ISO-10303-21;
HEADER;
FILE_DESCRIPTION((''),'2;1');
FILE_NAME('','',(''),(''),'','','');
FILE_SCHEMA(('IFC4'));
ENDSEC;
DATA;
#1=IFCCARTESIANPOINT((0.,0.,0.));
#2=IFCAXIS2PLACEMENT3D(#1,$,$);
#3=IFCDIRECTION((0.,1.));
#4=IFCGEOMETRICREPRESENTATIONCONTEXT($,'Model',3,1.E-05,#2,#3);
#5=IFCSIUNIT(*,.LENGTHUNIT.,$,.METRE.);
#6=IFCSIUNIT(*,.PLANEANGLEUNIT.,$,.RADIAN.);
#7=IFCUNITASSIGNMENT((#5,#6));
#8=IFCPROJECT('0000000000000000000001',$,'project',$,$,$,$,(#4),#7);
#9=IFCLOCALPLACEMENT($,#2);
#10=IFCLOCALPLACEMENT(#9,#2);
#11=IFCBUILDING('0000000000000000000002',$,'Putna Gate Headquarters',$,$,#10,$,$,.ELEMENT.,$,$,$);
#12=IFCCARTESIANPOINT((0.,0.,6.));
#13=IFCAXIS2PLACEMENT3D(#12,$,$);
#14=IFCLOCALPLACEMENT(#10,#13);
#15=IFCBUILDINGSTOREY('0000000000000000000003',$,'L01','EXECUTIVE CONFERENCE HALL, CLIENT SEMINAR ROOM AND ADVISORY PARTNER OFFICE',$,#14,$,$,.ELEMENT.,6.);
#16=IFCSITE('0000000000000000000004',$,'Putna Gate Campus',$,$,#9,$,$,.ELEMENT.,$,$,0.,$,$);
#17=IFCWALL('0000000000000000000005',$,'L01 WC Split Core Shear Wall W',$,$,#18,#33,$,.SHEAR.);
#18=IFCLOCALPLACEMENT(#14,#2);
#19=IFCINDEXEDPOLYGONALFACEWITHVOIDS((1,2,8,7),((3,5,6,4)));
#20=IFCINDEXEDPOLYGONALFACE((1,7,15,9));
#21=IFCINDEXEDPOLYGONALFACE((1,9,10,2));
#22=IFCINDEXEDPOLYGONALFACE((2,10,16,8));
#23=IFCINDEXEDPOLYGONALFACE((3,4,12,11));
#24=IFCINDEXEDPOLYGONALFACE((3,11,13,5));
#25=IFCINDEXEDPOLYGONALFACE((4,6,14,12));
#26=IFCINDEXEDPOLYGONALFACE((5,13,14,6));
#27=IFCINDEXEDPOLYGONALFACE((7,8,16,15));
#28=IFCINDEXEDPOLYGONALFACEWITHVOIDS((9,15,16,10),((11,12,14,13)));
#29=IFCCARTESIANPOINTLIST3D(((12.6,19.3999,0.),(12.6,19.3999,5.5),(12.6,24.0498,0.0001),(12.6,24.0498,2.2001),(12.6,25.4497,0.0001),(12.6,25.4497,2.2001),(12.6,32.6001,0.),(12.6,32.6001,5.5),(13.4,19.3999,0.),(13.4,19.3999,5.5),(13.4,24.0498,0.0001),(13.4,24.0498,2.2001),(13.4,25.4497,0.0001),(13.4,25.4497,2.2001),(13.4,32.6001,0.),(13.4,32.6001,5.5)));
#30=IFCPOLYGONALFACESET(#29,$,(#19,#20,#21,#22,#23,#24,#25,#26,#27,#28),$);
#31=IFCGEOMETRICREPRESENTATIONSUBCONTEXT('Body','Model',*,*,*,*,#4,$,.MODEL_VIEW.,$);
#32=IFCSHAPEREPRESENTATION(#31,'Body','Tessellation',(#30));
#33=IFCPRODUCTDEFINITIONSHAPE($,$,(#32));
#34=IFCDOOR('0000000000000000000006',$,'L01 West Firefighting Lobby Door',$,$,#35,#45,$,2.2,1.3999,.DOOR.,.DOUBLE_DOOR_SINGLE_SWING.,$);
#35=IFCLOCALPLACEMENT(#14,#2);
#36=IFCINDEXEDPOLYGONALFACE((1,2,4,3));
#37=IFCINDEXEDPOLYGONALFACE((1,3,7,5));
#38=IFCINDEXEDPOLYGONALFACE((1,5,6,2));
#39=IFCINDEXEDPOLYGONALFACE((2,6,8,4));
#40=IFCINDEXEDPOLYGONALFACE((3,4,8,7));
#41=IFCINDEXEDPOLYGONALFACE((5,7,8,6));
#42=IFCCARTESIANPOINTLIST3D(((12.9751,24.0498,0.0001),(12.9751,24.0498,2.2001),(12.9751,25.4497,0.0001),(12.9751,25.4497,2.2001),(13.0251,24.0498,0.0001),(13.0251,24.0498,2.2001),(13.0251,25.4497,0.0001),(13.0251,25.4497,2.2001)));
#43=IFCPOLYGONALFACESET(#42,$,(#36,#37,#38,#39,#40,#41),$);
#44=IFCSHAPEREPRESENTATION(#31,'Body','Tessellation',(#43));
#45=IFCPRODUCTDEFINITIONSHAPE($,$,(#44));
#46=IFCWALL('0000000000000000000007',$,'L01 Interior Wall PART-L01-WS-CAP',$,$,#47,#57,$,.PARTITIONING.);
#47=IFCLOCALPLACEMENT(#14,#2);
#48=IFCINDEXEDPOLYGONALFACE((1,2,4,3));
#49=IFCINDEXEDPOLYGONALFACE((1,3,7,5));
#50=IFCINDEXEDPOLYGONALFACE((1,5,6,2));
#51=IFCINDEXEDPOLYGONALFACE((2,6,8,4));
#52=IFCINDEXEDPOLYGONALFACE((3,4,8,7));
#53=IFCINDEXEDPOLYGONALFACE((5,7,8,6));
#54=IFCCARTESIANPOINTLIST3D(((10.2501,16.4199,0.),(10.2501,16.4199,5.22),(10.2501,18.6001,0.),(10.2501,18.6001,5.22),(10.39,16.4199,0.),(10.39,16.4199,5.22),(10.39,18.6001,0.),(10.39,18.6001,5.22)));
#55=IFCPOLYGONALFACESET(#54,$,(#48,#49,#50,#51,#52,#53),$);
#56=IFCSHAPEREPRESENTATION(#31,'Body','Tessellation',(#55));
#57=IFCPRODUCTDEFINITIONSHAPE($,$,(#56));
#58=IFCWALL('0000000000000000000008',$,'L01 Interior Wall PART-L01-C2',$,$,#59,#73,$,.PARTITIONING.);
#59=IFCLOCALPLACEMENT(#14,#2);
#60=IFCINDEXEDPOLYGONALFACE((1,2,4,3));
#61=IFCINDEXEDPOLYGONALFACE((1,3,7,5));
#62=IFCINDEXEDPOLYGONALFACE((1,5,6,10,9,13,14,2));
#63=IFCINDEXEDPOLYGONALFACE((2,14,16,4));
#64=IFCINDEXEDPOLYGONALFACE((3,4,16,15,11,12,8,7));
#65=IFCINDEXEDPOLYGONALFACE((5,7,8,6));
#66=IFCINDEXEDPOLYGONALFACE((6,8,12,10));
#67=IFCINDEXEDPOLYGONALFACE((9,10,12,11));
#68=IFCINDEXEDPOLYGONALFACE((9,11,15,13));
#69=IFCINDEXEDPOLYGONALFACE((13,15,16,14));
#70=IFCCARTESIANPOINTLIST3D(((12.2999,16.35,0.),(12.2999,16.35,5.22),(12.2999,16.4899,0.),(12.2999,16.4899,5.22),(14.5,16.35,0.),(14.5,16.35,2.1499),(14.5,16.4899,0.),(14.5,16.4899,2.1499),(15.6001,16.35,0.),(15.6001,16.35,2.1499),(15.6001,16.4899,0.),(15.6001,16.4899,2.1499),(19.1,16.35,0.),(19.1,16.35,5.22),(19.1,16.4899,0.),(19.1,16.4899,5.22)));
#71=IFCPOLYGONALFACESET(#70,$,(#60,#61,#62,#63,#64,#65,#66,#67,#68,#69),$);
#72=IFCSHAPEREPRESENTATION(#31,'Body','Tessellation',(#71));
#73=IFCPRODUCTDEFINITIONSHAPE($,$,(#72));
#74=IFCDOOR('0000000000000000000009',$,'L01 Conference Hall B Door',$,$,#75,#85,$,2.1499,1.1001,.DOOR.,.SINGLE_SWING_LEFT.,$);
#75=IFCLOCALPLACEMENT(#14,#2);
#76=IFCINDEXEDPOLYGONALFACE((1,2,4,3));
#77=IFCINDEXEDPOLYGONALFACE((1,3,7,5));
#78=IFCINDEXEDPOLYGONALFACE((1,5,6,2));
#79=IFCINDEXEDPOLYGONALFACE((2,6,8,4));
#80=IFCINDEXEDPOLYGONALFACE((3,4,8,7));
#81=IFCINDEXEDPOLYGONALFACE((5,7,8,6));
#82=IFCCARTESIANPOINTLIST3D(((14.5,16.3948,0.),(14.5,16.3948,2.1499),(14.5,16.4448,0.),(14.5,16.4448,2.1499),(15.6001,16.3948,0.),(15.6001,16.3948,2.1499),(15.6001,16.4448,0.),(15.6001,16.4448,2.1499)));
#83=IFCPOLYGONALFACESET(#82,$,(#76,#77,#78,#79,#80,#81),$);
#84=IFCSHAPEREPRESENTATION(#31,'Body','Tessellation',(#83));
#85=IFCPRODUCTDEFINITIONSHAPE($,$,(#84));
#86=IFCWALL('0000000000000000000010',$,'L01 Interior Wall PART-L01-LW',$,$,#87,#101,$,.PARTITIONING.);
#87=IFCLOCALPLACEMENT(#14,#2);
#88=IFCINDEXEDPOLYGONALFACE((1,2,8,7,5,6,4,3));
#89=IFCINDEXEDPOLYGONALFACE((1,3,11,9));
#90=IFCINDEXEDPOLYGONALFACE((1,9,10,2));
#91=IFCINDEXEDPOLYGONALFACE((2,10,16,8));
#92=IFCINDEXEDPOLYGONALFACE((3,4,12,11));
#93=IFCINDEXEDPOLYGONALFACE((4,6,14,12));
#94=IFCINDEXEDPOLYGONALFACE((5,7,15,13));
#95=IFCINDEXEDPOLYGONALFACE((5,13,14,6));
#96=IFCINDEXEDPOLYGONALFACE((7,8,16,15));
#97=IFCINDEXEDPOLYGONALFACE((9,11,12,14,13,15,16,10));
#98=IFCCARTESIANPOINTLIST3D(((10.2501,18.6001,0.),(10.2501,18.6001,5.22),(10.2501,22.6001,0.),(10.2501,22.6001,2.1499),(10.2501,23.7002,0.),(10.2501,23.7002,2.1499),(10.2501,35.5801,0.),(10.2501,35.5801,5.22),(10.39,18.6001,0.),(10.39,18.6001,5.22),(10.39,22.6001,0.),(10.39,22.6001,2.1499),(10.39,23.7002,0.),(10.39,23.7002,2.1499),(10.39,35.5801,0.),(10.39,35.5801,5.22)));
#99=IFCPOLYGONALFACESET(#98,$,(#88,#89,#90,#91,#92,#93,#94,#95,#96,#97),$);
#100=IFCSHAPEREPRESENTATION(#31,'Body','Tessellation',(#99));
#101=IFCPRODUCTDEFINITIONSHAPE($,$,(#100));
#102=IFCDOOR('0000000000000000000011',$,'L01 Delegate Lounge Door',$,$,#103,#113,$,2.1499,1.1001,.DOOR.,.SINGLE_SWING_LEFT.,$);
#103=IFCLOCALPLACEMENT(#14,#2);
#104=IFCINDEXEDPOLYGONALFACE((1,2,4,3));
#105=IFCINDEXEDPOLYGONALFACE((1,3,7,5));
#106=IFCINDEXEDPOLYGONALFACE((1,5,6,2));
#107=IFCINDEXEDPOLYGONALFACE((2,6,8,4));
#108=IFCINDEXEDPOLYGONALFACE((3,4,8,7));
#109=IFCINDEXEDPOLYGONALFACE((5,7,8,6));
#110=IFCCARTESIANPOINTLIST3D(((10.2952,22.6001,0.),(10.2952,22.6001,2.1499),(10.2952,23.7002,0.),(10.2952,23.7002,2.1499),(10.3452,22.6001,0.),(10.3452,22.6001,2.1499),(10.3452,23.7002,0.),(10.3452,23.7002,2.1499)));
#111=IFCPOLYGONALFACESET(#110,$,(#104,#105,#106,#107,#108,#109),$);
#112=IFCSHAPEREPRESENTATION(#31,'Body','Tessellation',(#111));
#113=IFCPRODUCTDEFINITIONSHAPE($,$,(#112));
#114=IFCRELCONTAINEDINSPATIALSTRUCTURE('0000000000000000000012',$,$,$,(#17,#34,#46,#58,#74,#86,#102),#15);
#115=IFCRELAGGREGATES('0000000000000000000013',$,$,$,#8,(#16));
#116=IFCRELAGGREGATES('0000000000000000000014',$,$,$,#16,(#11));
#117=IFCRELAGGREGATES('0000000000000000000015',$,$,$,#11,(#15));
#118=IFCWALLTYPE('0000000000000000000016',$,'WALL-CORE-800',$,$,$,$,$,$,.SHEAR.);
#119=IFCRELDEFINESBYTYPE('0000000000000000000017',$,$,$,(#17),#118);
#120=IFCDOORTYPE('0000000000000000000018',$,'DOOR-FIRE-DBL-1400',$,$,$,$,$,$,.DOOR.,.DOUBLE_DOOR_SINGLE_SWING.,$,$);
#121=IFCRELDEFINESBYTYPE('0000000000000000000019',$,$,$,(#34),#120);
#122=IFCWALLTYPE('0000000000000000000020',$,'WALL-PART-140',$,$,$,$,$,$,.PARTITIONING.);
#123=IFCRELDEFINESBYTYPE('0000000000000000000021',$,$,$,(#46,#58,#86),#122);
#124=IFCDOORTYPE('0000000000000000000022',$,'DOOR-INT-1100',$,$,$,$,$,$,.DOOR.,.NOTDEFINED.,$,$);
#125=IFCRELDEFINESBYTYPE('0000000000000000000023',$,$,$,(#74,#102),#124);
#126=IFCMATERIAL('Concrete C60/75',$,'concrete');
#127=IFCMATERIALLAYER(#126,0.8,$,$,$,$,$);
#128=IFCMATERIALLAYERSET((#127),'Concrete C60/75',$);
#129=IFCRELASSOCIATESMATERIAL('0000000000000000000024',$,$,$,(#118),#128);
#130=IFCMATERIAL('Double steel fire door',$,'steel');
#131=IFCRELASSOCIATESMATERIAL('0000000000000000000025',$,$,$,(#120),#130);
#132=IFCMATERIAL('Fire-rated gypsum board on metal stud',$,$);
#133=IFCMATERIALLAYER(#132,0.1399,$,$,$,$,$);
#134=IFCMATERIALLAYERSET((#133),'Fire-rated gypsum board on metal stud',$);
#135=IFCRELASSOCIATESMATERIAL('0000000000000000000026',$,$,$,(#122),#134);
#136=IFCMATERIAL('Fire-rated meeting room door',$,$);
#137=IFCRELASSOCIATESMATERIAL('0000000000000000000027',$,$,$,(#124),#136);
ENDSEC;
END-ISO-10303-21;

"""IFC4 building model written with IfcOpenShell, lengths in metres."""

from ifc_helpers import new_model, si_unit, direction, frame, frame_2d, origin, place, context, subcontext, project, spatial, rectangle, extrude, material, layer, layer_set, type_object, element, fill, save


model = new_model("IFC4")

# Units and contexts
model_context = context("Model", 3, precision=1e-05, world=origin(), true_north=direction((0.0, 1.0)))
body_context = subcontext(model_context, "Body", "Model", "MODEL_VIEW")
ifc_project = project(units=[si_unit("LENGTHUNIT", "METRE"), si_unit("PLANEANGLEUNIT", "RADIAN")], contexts=[model_context])

# Site, building, storey
site_placement = place(None, origin())
site = spatial("IfcSite", under=ifc_project, at=site_placement, Name="Putna Gate Campus", CompositionType="ELEMENT", RefElevation=0.0)
building_placement = place(site_placement, origin())
building = spatial("IfcBuilding", under=site, at=building_placement, Name="Putna Gate Headquarters", CompositionType="ELEMENT")
storey_placement = place(building_placement, frame((0.0, 0.0, 6.0)))
storey = spatial("IfcBuildingStorey", under=building, at=storey_placement, Name="L01", Description="EXECUTIVE CONFERENCE HALL, CLIENT SEMINAR ROOM AND ADVISORY PARTNER OFFICE", CompositionType="ELEMENT", Elevation=6.0)

# Shared definitions
ifc_material_1 = material(Name="Concrete C60/75", Category="concrete")

# Wall, opening, door
ifc_layer_1 = layer(ifc_material_1, 0.8)
ifc_layer_set_1 = layer_set([ifc_layer_1], Name="Concrete C60/75")
wall_type_1 = type_object("IfcWallType", Name="WALL-CORE-800", PredefinedType="SHEAR", material=ifc_layer_set_1)
ifc_material_2 = material(Name="Double steel fire door", Category="steel")
door_type_1 = type_object("IfcDoorType", Name="DOOR-FIRE-DBL-1400", OperationType="DOUBLE_DOOR_SINGLE_SWING", PredefinedType="DOOR", material=ifc_material_2)
wall_1_placement = place(storey_placement, frame((13.0, 19.3999, 0.0), z_axis=(0.0, 0.0, 1.0), x_axis=(0.0, 1.0, 0.0)))
wall_1 = element("IfcWall", 1, at=wall_1_placement, inside=storey, type_object=wall_type_1, Name="L01 WC Split Core Shear Wall W", PredefinedType="SHEAR", context=body_context, shape_type="SweptSolid", body=[
    extrude(rectangle(XDim=13.2002, YDim=0.8, at=frame_2d((6.6001, 0.0))), origin(), (0.0, 0.0, 1.0), 5.5),
])
opening_1_placement = place(wall_1_placement, frame((4.6499, 0.0, 0.0)))
opening_1 = element("IfcOpeningElement", 2, at=opening_1_placement, cuts=wall_1, PredefinedType="OPENING", context=body_context, shape_type="SweptSolid", body=[
    extrude(rectangle(XDim=1.3999, YDim=2.2, at=frame_2d((0.7, 1.1001))), frame((0.0, 0.4099, 0.0), z_axis=(0.0, -1.0, 0.0), x_axis=(1.0, 0.0, 0.0)), (0.0, 0.0, 1.0), 0.8201),
])
door_1_placement = place(opening_1_placement, origin())
door_1 = element("IfcDoor", 3, at=door_1_placement, inside=storey, type_object=door_type_1, Name="L01 West Firefighting Lobby Door", OperationType="DOUBLE_DOOR_SINGLE_SWING", OverallHeight=2.2, OverallWidth=1.3999, PredefinedType="DOOR", context=body_context, shape_type="SweptSolid", body=[
    extrude(rectangle(XDim=1.3999, YDim=2.2, at=frame_2d((0.7, 1.1001))), frame((0.0, 0.0249, 0.0), z_axis=(0.0, -1.0, 0.0), x_axis=(1.0, 0.0, 0.0)), (0.0, 0.0, 1.0), 0.05),
])
fill(opening_1, door_1)

# Wall
ifc_material_3 = material(Name="Fire-rated gypsum board on metal stud")
ifc_layer_2 = layer(ifc_material_3, 0.1399)
ifc_layer_set_2 = layer_set([ifc_layer_2], Name="Fire-rated gypsum board on metal stud")
wall_type_2 = type_object("IfcWallType", Name="WALL-PART-140", PredefinedType="PARTITIONING", material=ifc_layer_set_2)
wall_2_placement = place(storey_placement, frame((10.3201, 16.4199, 0.0), z_axis=(0.0, 0.0, 1.0), x_axis=(0.0, 1.0, 0.0)))
element("IfcWall", 4, at=wall_2_placement, inside=storey, type_object=wall_type_2, Name="L01 Interior Wall PART-L01-WS-CAP", PredefinedType="PARTITIONING", context=body_context, shape_type="SweptSolid", body=[
    extrude(rectangle(XDim=2.1802, YDim=0.1399, at=frame_2d((1.0901, 0.0))), origin(), (0.0, 0.0, 1.0), 5.22),
])

# Walls, openings, doors
ifc_material_4 = material(Name="Fire-rated meeting room door")
door_type_2 = type_object("IfcDoorType", Name="DOOR-INT-1100", OperationType="NOTDEFINED", PredefinedType="DOOR", material=ifc_material_4)
wall_3_placement = place(storey_placement, frame((12.3, 16.4199, 0.0), z_axis=(0.0, 0.0, 1.0), x_axis=(1.0, 0.0, 0.0)))
wall_3 = element("IfcWall", 5, at=wall_3_placement, inside=storey, type_object=wall_type_2, Name="L01 Interior Wall PART-L01-C2", PredefinedType="PARTITIONING", context=body_context, shape_type="SweptSolid", body=[
    extrude(rectangle(XDim=6.8, YDim=0.1399, at=frame_2d((3.3999, 0.0))), origin(), (0.0, 0.0, 1.0), 5.22),
])
opening_2_placement = place(wall_3_placement, frame((2.2, 0.0, 0.0)))
opening_2 = element("IfcOpeningElement", 6, at=opening_2_placement, cuts=wall_3, PredefinedType="OPENING", context=body_context, shape_type="SweptSolid", body=[
    extrude(rectangle(XDim=1.1001, YDim=2.1499, at=frame_2d((0.55, 1.075))), frame((0.0, 0.0798, 0.0), z_axis=(0.0, -1.0, 0.0), x_axis=(1.0, 0.0, 0.0)), (0.0, 0.0, 1.0), 0.1599),
])
door_2_placement = place(opening_2_placement, origin())
door_2 = element("IfcDoor", 7, at=door_2_placement, inside=storey, type_object=door_type_2, Name="L01 Conference Hall B Door", OperationType="SINGLE_SWING_LEFT", OverallHeight=2.1499, OverallWidth=1.1001, PredefinedType="DOOR", context=body_context, shape_type="SweptSolid", body=[
    extrude(rectangle(XDim=1.1001, YDim=2.1499, at=frame_2d((0.55, 1.075))), frame((0.0, 0.0249, 0.0), z_axis=(0.0, -1.0, 0.0), x_axis=(1.0, 0.0, 0.0)), (0.0, 0.0, 1.0), 0.05),
])
fill(opening_2, door_2)
wall_4_placement = place(storey_placement, frame((10.3201, 18.6001, 0.0), z_axis=(0.0, 0.0, 1.0), x_axis=(0.0, 1.0, 0.0)))
wall_4 = element("IfcWall", 8, at=wall_4_placement, inside=storey, type_object=wall_type_2, Name="L01 Interior Wall PART-L01-LW", PredefinedType="PARTITIONING", context=body_context, shape_type="SweptSolid", body=[
    extrude(rectangle(XDim=16.98, YDim=0.1399, at=frame_2d((8.49, 0.0))), origin(), (0.0, 0.0, 1.0), 5.22),
])
opening_3_placement = place(wall_4_placement, frame((4.0, 0.0, 0.0)))
opening_3 = element("IfcOpeningElement", 9, at=opening_3_placement, cuts=wall_4, PredefinedType="OPENING", context=body_context, shape_type="SweptSolid", body=[
    extrude(rectangle(XDim=1.1001, YDim=2.1499, at=frame_2d((0.55, 1.075))), frame((0.0, 0.0798, 0.0), z_axis=(0.0, -1.0, 0.0), x_axis=(1.0, 0.0, 0.0)), (0.0, 0.0, 1.0), 0.1599),
])
door_3_placement = place(opening_3_placement, origin())
door_3 = element("IfcDoor", 10, at=door_3_placement, inside=storey, type_object=door_type_2, Name="L01 Delegate Lounge Door", OperationType="SINGLE_SWING_LEFT", OverallHeight=2.1499, OverallWidth=1.1001, PredefinedType="DOOR", context=body_context, shape_type="SweptSolid", body=[
    extrude(rectangle(XDim=1.1001, YDim=2.1499, at=frame_2d((0.55, 1.075))), frame((0.0, 0.0249, 0.0), z_axis=(0.0, -1.0, 0.0), x_axis=(1.0, 0.0, 0.0)), (0.0, 0.0, 1.0), 0.05),
])
fill(opening_3, door_3)

save(model, "model.ifc")
